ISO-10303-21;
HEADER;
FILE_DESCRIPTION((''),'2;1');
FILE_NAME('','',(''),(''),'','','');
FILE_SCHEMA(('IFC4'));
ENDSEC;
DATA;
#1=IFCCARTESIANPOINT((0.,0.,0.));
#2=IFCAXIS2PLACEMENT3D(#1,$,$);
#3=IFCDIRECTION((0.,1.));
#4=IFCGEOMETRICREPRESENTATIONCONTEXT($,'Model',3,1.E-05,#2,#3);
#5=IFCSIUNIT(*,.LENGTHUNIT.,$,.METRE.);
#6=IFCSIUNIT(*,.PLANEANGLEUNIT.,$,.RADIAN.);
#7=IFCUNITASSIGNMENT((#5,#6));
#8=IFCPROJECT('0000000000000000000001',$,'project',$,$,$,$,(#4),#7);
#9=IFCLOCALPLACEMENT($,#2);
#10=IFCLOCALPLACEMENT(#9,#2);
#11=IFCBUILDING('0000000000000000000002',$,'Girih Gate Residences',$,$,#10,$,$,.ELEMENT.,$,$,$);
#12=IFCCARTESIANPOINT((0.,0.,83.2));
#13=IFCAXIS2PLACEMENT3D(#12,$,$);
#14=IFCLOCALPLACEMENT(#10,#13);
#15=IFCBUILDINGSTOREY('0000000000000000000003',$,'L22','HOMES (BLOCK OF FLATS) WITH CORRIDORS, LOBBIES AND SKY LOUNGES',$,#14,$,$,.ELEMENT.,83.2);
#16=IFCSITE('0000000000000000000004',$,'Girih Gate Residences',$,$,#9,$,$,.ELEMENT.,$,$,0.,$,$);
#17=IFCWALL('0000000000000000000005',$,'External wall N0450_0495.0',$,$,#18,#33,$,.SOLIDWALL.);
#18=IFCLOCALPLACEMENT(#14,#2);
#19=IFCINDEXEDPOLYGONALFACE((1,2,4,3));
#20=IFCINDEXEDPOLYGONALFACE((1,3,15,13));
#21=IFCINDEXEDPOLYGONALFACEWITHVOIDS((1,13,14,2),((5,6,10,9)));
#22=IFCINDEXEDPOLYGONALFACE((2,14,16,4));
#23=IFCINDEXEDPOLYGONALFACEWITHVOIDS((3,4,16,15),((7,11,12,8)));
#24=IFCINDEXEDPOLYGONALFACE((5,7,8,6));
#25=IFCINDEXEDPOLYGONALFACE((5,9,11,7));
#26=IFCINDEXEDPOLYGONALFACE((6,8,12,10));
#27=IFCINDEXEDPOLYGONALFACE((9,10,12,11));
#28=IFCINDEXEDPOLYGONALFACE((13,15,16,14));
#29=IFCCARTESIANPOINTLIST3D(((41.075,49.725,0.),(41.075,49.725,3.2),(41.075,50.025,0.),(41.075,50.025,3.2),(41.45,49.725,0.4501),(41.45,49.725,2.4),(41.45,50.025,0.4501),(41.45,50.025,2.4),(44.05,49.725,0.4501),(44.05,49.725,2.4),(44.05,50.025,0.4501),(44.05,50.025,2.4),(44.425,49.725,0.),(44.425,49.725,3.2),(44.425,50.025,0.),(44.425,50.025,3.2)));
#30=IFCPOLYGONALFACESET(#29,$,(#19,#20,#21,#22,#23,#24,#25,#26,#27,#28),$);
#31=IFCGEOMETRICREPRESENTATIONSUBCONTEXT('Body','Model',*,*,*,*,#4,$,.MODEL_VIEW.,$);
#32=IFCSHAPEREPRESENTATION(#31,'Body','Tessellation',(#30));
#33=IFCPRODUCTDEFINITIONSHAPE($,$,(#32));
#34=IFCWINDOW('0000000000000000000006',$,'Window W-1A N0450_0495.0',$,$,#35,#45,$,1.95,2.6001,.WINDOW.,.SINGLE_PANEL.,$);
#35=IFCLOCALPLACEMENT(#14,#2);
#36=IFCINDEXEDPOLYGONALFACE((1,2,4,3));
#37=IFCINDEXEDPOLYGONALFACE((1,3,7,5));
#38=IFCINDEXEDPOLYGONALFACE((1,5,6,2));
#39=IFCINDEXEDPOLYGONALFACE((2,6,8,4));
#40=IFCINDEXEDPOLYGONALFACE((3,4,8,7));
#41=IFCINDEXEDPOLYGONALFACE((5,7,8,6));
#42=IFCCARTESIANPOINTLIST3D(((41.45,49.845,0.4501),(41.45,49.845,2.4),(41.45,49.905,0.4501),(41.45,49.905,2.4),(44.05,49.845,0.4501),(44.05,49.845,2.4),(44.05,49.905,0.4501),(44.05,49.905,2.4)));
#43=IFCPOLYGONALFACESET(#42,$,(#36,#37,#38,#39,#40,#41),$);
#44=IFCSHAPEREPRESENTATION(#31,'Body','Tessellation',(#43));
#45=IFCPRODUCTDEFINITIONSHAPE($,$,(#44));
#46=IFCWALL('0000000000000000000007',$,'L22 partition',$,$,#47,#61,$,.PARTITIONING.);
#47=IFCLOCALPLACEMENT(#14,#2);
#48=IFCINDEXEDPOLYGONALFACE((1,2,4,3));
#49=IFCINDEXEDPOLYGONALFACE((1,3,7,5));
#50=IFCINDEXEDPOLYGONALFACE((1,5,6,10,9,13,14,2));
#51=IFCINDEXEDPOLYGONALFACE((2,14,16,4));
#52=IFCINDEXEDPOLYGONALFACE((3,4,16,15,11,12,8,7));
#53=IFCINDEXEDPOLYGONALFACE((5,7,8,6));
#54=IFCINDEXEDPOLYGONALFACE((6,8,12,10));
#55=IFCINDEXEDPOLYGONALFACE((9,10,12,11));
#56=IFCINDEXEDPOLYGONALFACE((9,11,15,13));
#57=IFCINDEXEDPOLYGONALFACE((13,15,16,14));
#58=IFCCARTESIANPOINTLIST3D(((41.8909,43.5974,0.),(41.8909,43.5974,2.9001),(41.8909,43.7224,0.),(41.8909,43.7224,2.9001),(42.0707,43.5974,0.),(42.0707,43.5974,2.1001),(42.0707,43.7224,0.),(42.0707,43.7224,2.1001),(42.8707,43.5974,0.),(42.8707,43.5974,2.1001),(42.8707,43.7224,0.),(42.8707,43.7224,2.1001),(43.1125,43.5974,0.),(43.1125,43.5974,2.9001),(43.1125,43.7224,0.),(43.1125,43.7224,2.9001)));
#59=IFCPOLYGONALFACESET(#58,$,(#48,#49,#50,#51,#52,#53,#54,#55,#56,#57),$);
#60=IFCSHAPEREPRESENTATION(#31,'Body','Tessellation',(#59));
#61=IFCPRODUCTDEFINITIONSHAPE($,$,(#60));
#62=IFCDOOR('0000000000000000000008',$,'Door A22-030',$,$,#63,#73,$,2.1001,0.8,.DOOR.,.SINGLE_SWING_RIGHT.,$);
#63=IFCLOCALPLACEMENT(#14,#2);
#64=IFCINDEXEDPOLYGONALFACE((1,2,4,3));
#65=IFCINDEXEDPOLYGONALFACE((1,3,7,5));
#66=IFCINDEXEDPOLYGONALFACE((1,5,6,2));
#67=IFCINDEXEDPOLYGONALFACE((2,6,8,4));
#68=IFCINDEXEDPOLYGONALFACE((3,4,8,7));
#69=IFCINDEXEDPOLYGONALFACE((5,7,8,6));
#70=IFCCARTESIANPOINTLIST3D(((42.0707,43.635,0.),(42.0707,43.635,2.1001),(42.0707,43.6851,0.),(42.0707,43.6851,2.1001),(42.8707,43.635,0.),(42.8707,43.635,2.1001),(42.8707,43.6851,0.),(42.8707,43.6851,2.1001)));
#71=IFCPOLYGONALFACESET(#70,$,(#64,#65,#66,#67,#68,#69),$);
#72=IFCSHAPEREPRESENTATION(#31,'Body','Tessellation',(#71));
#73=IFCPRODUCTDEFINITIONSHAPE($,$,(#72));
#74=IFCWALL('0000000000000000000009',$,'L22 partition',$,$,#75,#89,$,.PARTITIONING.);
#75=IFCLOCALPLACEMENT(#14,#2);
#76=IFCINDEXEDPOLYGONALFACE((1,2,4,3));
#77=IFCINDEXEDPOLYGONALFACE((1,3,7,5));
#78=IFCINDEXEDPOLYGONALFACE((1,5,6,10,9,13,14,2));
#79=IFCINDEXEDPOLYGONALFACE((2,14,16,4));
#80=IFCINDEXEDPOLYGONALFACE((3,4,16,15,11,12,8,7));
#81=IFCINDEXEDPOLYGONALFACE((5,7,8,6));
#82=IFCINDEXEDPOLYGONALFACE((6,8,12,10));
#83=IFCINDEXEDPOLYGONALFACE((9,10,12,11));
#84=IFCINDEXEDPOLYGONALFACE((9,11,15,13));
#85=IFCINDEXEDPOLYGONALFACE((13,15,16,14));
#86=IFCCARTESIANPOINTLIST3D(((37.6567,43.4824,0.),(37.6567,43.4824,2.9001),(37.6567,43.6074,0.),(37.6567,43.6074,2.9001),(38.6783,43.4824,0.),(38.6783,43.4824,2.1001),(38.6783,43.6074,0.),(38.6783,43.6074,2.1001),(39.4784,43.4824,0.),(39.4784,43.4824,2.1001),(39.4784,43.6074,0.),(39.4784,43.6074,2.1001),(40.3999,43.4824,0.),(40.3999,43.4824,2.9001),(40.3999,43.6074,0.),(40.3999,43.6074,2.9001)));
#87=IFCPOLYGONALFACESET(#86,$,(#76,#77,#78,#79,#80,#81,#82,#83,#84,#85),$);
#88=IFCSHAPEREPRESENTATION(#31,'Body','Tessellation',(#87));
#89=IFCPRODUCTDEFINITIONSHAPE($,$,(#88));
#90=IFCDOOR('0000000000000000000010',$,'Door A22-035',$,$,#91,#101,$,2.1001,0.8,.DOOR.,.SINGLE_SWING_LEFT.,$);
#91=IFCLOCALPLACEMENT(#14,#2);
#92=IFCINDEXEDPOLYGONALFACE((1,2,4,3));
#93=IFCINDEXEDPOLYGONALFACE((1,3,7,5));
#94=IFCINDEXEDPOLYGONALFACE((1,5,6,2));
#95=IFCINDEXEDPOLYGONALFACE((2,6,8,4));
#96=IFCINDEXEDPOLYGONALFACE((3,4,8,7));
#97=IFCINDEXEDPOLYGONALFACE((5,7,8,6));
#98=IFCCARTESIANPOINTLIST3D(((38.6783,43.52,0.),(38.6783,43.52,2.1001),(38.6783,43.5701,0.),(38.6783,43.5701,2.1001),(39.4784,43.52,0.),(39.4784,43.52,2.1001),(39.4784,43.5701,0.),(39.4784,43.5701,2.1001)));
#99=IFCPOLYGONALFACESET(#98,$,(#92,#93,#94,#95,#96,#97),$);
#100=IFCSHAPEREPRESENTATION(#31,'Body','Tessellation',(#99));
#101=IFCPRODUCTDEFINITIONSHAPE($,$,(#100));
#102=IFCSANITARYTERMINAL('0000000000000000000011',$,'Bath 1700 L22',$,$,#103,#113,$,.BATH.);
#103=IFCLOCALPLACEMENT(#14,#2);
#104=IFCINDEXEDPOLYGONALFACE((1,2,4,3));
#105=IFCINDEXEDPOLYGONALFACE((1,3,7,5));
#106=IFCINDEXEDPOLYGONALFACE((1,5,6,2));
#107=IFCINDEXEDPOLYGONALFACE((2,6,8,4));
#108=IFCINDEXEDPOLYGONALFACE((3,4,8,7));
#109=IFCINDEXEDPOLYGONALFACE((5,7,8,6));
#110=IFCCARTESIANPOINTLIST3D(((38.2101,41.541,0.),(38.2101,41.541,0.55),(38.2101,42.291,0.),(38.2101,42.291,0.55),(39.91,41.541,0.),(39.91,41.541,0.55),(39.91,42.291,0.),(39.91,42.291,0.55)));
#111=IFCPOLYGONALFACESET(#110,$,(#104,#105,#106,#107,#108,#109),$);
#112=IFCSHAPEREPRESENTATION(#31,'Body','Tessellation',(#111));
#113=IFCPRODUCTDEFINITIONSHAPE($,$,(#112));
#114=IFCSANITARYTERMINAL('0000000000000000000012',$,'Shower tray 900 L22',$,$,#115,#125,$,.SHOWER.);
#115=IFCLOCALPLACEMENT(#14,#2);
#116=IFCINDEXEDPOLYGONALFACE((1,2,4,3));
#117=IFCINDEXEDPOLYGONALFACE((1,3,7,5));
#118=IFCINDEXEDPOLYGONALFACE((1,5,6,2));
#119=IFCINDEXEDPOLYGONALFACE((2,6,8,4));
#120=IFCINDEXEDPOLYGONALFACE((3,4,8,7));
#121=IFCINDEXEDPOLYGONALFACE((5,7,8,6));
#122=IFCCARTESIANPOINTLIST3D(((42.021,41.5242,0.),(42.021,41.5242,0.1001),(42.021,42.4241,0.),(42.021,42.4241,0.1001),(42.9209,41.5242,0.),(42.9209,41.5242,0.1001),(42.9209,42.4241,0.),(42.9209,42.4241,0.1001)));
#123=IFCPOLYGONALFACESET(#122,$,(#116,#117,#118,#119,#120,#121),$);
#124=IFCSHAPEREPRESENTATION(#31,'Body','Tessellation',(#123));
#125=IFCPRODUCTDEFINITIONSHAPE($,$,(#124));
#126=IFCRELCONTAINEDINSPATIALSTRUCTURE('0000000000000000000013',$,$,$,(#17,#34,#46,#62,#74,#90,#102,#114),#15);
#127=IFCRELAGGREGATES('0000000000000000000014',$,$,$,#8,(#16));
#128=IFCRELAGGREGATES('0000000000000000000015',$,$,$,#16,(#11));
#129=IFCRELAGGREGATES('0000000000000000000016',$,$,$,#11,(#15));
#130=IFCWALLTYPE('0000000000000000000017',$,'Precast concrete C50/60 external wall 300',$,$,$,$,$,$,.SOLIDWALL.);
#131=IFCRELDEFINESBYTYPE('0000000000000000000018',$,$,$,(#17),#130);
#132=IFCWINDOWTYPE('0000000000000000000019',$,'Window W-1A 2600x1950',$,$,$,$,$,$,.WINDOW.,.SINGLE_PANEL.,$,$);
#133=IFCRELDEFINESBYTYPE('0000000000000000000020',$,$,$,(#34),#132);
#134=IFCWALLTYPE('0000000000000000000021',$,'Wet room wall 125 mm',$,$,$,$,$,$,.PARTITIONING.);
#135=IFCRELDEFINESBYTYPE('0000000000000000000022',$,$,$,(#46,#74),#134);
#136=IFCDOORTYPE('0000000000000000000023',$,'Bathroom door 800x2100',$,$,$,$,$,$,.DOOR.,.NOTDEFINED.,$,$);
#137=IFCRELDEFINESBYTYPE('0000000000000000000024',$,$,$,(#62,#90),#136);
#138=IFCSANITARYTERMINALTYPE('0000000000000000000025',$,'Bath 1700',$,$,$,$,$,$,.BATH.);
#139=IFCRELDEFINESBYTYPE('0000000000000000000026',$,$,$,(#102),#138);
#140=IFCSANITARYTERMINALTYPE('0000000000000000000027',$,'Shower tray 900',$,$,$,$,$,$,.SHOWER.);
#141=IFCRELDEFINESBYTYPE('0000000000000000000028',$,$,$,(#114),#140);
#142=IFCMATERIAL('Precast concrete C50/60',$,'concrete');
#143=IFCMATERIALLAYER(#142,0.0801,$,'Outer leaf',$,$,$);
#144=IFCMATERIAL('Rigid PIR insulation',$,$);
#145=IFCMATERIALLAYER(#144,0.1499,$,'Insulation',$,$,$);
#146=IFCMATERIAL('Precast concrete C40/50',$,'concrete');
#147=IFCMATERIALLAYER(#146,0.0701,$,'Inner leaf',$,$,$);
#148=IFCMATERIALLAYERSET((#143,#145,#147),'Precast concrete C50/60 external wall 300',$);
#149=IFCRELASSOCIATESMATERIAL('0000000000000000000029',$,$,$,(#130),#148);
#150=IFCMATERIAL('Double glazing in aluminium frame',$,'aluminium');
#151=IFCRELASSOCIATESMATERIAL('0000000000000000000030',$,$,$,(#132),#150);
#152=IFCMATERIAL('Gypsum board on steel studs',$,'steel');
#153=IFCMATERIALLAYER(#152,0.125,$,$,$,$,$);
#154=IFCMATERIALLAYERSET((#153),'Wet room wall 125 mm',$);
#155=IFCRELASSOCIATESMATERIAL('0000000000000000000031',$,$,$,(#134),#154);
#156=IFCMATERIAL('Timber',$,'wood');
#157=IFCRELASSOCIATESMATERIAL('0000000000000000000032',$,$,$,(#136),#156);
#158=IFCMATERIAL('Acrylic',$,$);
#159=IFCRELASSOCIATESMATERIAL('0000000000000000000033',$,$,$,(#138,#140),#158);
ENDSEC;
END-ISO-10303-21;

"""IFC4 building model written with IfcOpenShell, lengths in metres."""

from ifc_helpers import new_model, si_unit, direction, frame, frame_2d, origin, origin_2d, place, context, subcontext, project, spatial, rectangle, extrude, material, layer, layer_set, type_object, element, fill, save


model = new_model("IFC4")

# Units and contexts
model_context = context("Model", 3, precision=1e-05, world=origin(), true_north=direction((0.0, 1.0)))
body_context = subcontext(model_context, "Body", "Model", "MODEL_VIEW")
ifc_project = project(units=[si_unit("LENGTHUNIT", "METRE"), si_unit("PLANEANGLEUNIT", "RADIAN")], contexts=[model_context])

# Site, building, storey
site_placement = place(None, origin())
site = spatial("IfcSite", under=ifc_project, at=site_placement, Name="Girih Gate Residences", CompositionType="ELEMENT", RefElevation=0.0)
building_placement = place(site_placement, origin())
building = spatial("IfcBuilding", under=site, at=building_placement, Name="Girih Gate Residences", CompositionType="ELEMENT")
storey_placement = place(building_placement, frame((0.0, 0.0, 83.2)))
storey = spatial("IfcBuildingStorey", under=building, at=storey_placement, Name="L22", Description="HOMES (BLOCK OF FLATS) WITH CORRIDORS, LOBBIES AND SKY LOUNGES", CompositionType="ELEMENT", Elevation=83.2)

# Shared definitions
ifc_material_1 = material(Name="Gypsum board on steel studs", Category="steel")
ifc_material_2 = material(Name="Timber", Category="wood")

# Wall, opening, window
ifc_material_3 = material(Name="Precast concrete C50/60", Category="concrete")
ifc_layer_1 = layer(ifc_material_3, 0.0801, Name="Outer leaf")
ifc_material_4 = material(Name="Rigid PIR insulation")
ifc_layer_2 = layer(ifc_material_4, 0.1499, Name="Insulation")
ifc_material_5 = material(Name="Precast concrete C40/50", Category="concrete")
ifc_layer_3 = layer(ifc_material_5, 0.0701, Name="Inner leaf")
ifc_layer_set_1 = layer_set([ifc_layer_1, ifc_layer_2, ifc_layer_3], Name="Precast concrete C50/60 external wall 300")
wall_type_1 = type_object("IfcWallType", Name="Precast concrete C50/60 external wall 300", PredefinedType="SOLIDWALL", material=ifc_layer_set_1)
wall_1_placement = place(storey_placement, frame((41.075, 49.875, 0.0), z_axis=(0.0, 0.0, 1.0), x_axis=(1.0, 0.0, 0.0)))
wall_1 = element("IfcWall", 1, at=wall_1_placement, inside=storey, type_object=wall_type_1, Name="External wall N0450_0495.0", PredefinedType="SOLIDWALL", context=body_context, shape_type="SweptSolid", body=[
    extrude(rectangle(XDim=3.3501, YDim=0.3, at=frame_2d((1.675, 0.0))), origin(), (0.0, 0.0, 1.0), 3.2),
])
opening_1_placement = place(wall_1_placement, frame((0.375, 0.0, 0.45)))
opening_1 = element("IfcOpeningElement", 2, at=opening_1_placement, cuts=wall_1, PredefinedType="OPENING", context=body_context, shape_type="SweptSolid", body=[
    extrude(rectangle(XDim=2.6001, YDim=1.95, at=frame_2d((1.3, 0.9751))), frame((0.0, 0.1599, 0.0), z_axis=(0.0, -1.0, 0.0), x_axis=(1.0, 0.0, 0.0)), (0.0, 0.0, 1.0), 0.3201),
])
ifc_material_6 = material(Name="Double glazing in aluminium frame", Category="aluminium")
window_type = type_object("IfcWindowType", Name="Window W-1A 2600x1950", PartitioningType="SINGLE_PANEL", PredefinedType="WINDOW", material=ifc_material_6)
window_placement = place(opening_1_placement, origin())
window = element("IfcWindow", 3, at=window_placement, inside=storey, type_object=window_type, Name="Window W-1A N0450_0495.0", OverallHeight=1.95, OverallWidth=2.6001, PartitioningType="SINGLE_PANEL", PredefinedType="WINDOW", context=body_context, shape_type="SweptSolid", body=[
    extrude(rectangle(XDim=2.6001, YDim=1.95, at=frame_2d((1.3, 0.9751))), frame((0.0, 0.03, 0.0), z_axis=(0.0, -1.0, 0.0), x_axis=(1.0, 0.0, 0.0)), (0.0, 0.0, 1.0), 0.0601),
])
fill(opening_1, window)

# Walls, openings, doors
ifc_layer_4 = layer(ifc_material_1, 0.125)
ifc_layer_set_2 = layer_set([ifc_layer_4], Name="Wet room wall 125 mm")
wall_type_2 = type_object("IfcWallType", Name="Wet room wall 125 mm", PredefinedType="PARTITIONING", material=ifc_layer_set_2)
wall_2_placement = place(storey_placement, frame((43.1125, 43.6599, 0.0), z_axis=(0.0, 0.0, 1.0), x_axis=(-1.0, 0.0, 0.0)))
wall_2 = element("IfcWall", 4, at=wall_2_placement, inside=storey, type_object=wall_type_2, Name="L22 partition", PredefinedType="PARTITIONING", context=body_context, shape_type="SweptSolid", body=[
    extrude(rectangle(XDim=1.2217, YDim=0.125, at=frame_2d((0.6108, 0.0))), origin(), (0.0, 0.0, 1.0), 2.9001),
])
opening_2_placement = place(wall_2_placement, frame((0.2419, 0.0, 0.0)))
opening_2 = element("IfcOpeningElement", 5, at=opening_2_placement, cuts=wall_2, PredefinedType="OPENING", context=body_context, shape_type="SweptSolid", body=[
    extrude(rectangle(XDim=0.8, YDim=2.1001, at=frame_2d((0.3999, 1.05))), frame((0.0, 0.0725, 0.0), z_axis=(0.0, -1.0, 0.0), x_axis=(1.0, 0.0, 0.0)), (0.0, 0.0, 1.0), 0.145),
])
door_type_1 = type_object("IfcDoorType", Name="Bathroom door 800x2100", OperationType="NOTDEFINED", PredefinedType="DOOR", material=ifc_material_2)
door_1_placement = place(opening_2_placement, origin())
door_1 = element("IfcDoor", 6, at=door_1_placement, inside=storey, type_object=door_type_1, Name="Door A22-030", OperationType="SINGLE_SWING_RIGHT", OverallHeight=2.1001, OverallWidth=0.8, PredefinedType="DOOR", context=body_context, shape_type="SweptSolid", body=[
    extrude(rectangle(XDim=0.8, YDim=2.1001, at=frame_2d((0.3999, 1.05))), frame((0.0, 0.0249, 0.0), z_axis=(0.0, -1.0, 0.0), x_axis=(1.0, 0.0, 0.0)), (0.0, 0.0, 1.0), 0.05),
])
fill(opening_2, door_1)
wall_3_placement = place(storey_placement, frame((40.3999, 43.5449, 0.0), z_axis=(0.0, 0.0, 1.0), x_axis=(-1.0, 0.0, 0.0)))
wall_3 = element("IfcWall", 7, at=wall_3_placement, inside=storey, type_object=wall_type_2, Name="L22 partition", PredefinedType="PARTITIONING", context=body_context, shape_type="SweptSolid", body=[
    extrude(rectangle(XDim=2.7432, YDim=0.125, at=frame_2d((1.3716, 0.0))), origin(), (0.0, 0.0, 1.0), 2.9001),
])
opening_3_placement = place(wall_3_placement, frame((0.9216, 0.0, 0.0)))
opening_3 = element("IfcOpeningElement", 8, at=opening_3_placement, cuts=wall_3, PredefinedType="OPENING", context=body_context, shape_type="SweptSolid", body=[
    extrude(rectangle(XDim=0.8, YDim=2.1001, at=frame_2d((0.3999, 1.05))), frame((0.0, 0.0725, 0.0), z_axis=(0.0, -1.0, 0.0), x_axis=(1.0, 0.0, 0.0)), (0.0, 0.0, 1.0), 0.145),
])
door_2_placement = place(opening_3_placement, origin())
door_2 = element("IfcDoor", 9, at=door_2_placement, inside=storey, type_object=door_type_1, Name="Door A22-035", OperationType="SINGLE_SWING_LEFT", OverallHeight=2.1001, OverallWidth=0.8, PredefinedType="DOOR", context=body_context, shape_type="SweptSolid", body=[
    extrude(rectangle(XDim=0.8, YDim=2.1001, at=frame_2d((0.3999, 1.05))), frame((0.0, 0.0249, 0.0), z_axis=(0.0, -1.0, 0.0), x_axis=(1.0, 0.0, 0.0)), (0.0, 0.0, 1.0), 0.05),
])
fill(opening_3, door_2)

# Sanitary terminals
ifc_material_7 = material(Name="Acrylic")
sanitary_terminal_type_1 = type_object("IfcSanitaryTerminalType", Name="Bath 1700", PredefinedType="BATH", material=ifc_material_7)
sanitary_terminal_1_placement = place(storey_placement, frame((39.0601, 41.916, 0.0), z_axis=(0.0, 0.0, 1.0), x_axis=(1.0, 0.0, 0.0)))
element("IfcSanitaryTerminal", 10, at=sanitary_terminal_1_placement, inside=storey, type_object=sanitary_terminal_type_1, Name="Bath 1700 L22", PredefinedType="BATH", context=body_context, shape_type="SweptSolid", body=[
    extrude(rectangle(XDim=1.7, YDim=0.75, at=origin_2d()), origin(), (0.0, 0.0, 1.0), 0.55),
])
sanitary_terminal_type_2 = type_object("IfcSanitaryTerminalType", Name="Shower tray 900", PredefinedType="SHOWER", material=ifc_material_7)
sanitary_terminal_2_placement = place(storey_placement, frame((42.4709, 41.9741, 0.0), z_axis=(0.0, 0.0, 1.0), x_axis=(1.0, 0.0, 0.0)))
element("IfcSanitaryTerminal", 11, at=sanitary_terminal_2_placement, inside=storey, type_object=sanitary_terminal_type_2, Name="Shower tray 900 L22", PredefinedType="SHOWER", context=body_context, shape_type="SweptSolid", body=[
    extrude(rectangle(XDim=0.8999, YDim=0.8999, at=origin_2d()), origin(), (0.0, 0.0, 1.0), 0.1001),
])

save(model, "model.ifc")
